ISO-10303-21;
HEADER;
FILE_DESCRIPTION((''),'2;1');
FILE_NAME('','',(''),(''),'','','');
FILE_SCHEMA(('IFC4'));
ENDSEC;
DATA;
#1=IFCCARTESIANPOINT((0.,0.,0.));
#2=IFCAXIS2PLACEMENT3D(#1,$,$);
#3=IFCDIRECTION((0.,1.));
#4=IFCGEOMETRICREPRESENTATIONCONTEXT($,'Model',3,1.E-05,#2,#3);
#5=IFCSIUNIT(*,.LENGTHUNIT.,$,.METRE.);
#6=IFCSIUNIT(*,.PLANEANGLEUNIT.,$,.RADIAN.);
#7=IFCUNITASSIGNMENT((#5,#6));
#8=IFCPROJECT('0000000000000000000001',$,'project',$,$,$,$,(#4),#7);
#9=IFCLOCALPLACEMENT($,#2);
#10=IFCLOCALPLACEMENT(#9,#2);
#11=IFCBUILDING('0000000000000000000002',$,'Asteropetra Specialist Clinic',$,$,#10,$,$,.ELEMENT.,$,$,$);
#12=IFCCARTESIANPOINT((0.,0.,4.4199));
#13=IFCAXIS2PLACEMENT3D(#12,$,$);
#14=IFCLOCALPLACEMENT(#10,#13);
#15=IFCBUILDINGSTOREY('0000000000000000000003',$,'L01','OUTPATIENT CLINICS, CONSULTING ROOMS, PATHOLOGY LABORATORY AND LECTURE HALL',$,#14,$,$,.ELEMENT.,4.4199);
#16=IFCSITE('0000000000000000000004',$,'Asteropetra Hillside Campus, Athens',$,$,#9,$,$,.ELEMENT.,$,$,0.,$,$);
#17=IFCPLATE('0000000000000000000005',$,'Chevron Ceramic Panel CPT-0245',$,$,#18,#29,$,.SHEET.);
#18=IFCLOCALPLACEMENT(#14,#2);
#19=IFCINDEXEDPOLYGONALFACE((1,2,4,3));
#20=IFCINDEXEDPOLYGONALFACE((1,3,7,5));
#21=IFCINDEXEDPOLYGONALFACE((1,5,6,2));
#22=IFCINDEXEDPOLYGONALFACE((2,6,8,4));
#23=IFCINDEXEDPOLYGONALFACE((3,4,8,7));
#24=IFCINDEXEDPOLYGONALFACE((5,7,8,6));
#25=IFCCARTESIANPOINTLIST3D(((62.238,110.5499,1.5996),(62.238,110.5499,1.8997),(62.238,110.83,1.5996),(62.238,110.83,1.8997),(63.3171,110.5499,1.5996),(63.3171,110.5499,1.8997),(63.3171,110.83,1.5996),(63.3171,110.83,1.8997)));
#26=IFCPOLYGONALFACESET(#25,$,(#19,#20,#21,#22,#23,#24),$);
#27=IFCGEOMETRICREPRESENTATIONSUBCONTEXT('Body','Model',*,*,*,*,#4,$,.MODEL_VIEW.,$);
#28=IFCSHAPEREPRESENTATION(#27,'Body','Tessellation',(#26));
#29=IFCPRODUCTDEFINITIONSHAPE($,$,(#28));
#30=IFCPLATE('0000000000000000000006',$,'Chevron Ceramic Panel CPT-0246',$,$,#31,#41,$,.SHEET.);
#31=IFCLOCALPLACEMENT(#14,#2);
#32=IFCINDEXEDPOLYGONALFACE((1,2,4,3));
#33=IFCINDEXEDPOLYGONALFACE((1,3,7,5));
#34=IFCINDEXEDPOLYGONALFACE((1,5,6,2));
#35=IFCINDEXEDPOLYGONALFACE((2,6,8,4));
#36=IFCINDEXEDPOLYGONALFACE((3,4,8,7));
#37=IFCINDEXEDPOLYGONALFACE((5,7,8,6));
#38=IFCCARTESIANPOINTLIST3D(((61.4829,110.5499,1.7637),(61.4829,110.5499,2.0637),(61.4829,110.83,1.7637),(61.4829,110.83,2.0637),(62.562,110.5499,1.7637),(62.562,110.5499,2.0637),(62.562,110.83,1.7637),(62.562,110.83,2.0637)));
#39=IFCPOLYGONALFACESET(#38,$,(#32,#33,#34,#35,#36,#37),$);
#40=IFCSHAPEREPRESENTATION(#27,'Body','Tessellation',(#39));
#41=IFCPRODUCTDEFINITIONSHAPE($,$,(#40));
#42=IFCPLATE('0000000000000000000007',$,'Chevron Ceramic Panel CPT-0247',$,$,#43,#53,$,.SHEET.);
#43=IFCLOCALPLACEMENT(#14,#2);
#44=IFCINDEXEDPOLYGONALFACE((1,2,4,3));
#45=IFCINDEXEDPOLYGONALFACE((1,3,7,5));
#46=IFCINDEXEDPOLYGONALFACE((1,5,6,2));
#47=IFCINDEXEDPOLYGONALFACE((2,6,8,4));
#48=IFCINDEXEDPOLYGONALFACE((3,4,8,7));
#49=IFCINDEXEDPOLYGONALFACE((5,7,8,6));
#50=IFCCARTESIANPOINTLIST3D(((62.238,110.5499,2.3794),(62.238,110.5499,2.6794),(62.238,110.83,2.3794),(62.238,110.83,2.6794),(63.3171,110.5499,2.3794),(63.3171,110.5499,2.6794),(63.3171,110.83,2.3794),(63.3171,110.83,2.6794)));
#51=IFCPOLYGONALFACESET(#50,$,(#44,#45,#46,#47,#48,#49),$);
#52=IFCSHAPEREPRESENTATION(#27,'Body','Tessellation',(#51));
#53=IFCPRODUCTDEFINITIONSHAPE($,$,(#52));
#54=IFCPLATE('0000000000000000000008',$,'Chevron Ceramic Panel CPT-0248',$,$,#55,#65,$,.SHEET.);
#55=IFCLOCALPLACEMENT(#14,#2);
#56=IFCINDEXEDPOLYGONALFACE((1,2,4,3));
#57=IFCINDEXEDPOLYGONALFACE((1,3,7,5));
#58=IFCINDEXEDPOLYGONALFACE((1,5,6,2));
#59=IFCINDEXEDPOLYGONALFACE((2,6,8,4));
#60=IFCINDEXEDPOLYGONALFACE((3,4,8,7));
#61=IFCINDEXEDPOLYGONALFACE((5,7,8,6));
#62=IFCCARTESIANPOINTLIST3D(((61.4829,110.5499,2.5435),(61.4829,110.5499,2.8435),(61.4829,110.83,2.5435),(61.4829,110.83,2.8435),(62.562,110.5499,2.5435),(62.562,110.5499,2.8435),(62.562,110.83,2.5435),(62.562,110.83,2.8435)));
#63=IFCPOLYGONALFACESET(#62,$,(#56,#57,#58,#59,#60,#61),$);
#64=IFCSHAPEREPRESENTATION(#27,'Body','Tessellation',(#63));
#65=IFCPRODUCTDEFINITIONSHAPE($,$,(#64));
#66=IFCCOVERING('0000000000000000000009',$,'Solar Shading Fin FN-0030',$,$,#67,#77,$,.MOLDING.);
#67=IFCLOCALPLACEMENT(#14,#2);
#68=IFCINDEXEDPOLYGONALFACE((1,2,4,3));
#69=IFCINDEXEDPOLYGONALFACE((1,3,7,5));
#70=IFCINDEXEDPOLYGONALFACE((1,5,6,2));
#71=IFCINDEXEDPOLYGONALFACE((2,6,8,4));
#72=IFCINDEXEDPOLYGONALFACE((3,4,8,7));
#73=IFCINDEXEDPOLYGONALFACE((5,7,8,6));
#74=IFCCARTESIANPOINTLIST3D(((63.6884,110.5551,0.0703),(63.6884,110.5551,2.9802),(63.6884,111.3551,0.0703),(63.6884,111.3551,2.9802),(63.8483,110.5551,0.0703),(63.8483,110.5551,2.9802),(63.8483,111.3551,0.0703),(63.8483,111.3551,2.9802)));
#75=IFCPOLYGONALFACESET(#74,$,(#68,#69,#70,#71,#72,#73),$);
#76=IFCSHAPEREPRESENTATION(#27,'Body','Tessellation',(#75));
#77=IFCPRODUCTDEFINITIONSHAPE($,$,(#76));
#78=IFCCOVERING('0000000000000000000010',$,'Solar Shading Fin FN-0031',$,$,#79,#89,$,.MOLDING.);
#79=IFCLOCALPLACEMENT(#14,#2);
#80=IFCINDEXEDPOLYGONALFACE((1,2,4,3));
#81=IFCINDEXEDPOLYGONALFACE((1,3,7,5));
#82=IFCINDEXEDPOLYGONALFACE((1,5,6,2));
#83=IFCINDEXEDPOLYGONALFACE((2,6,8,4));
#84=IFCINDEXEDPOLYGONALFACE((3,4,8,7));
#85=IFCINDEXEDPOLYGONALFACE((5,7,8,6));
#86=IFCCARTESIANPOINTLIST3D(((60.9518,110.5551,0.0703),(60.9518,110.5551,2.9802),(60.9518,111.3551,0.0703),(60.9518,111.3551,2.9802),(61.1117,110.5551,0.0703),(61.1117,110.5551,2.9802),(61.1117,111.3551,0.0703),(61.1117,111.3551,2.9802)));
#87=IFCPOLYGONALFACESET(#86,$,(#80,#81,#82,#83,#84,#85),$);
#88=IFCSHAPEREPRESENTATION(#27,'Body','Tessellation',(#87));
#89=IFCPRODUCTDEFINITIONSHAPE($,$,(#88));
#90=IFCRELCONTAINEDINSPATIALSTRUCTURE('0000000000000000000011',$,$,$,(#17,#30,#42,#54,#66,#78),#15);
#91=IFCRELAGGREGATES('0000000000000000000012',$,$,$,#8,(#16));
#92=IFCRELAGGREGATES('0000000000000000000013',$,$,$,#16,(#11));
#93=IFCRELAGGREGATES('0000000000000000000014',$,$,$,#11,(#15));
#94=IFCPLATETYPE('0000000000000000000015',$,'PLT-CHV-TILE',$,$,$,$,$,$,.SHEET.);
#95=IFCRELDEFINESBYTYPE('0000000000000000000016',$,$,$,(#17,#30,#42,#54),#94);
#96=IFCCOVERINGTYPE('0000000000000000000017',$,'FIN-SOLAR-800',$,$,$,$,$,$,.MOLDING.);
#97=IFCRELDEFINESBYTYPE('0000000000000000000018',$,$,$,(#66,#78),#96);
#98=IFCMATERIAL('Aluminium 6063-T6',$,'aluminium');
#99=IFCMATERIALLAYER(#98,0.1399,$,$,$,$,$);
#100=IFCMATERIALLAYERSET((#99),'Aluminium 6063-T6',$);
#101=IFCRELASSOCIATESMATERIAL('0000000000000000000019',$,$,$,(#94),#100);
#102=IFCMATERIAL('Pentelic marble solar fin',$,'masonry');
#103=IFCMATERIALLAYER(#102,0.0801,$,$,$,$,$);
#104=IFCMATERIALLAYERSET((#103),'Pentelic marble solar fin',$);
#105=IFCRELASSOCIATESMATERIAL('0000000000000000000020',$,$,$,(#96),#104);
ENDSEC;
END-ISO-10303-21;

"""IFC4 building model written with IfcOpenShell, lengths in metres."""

from ifc_helpers import new_model, si_unit, direction, frame, origin, origin_2d, place, context, subcontext, project, spatial, rectangle, extrude, material, layer, layer_set, type_object, element, save


model = new_model("IFC4")

# Units and contexts
model_context = context("Model", 3, precision=1e-05, world=origin(), true_north=direction((0.0, 1.0)))
body_context = subcontext(model_context, "Body", "Model", "MODEL_VIEW")
ifc_project = project(units=[si_unit("LENGTHUNIT", "METRE"), si_unit("PLANEANGLEUNIT", "RADIAN")], contexts=[model_context])

# Site, building, storey
site_placement = place(None, origin())
site = spatial("IfcSite", under=ifc_project, at=site_placement, Name="Asteropetra Hillside Campus, Athens", CompositionType="ELEMENT", RefElevation=0.0)
building_placement = place(site_placement, origin())
building = spatial("IfcBuilding", under=site, at=building_placement, Name="Asteropetra Specialist Clinic", CompositionType="ELEMENT")
storey_placement = place(building_placement, frame((0.0, 0.0, 4.4199)))
storey = spatial("IfcBuildingStorey", under=building, at=storey_placement, Name="L01", Description="OUTPATIENT CLINICS, CONSULTING ROOMS, PATHOLOGY LABORATORY AND LECTURE HALL", CompositionType="ELEMENT", Elevation=4.4199)

# Plates
ifc_material_1 = material(Name="Aluminium 6063-T6", Category="aluminium")
ifc_layer_1 = layer(ifc_material_1, 0.1399)
ifc_layer_set_1 = layer_set([ifc_layer_1], Name="Aluminium 6063-T6")
plate_type_1 = type_object("IfcPlateType", Name="PLT-CHV-TILE", PredefinedType="SHEET", material=ifc_layer_set_1)
for number, where, z_axis, x_axis, name in (
    (1, (62.7776, 110.6899, 1.5996), (0.0, 0.0, 1.0), (1.0, 0.0, 0.0), "Chevron Ceramic Panel CPT-0245"),
    (2, (62.0225, 110.6899, 1.7637), (0.0, 0.0, 1.0), (1.0, 0.0, 0.0), "Chevron Ceramic Panel CPT-0246"),
    (3, (62.7776, 110.6899, 2.3794), (0.0, 0.0, 1.0), (1.0, 0.0, 0.0), "Chevron Ceramic Panel CPT-0247"),
    (4, (62.0225, 110.6899, 2.5435), (0.0, 0.0, 1.0), (1.0, 0.0, 0.0), "Chevron Ceramic Panel CPT-0248"),
):
    element("IfcPlate", number, at=place(storey_placement, frame(where, z_axis=z_axis, x_axis=x_axis)), inside=storey, type_object=plate_type_1, Name=name, PredefinedType="SHEET", context=body_context, shape_type="SweptSolid", body=[
        extrude(rectangle(XDim=1.0791, YDim=0.28, at=origin_2d()), origin(), (0.0, 0.0, 1.0), 0.3),
    ])

# Coverings
ifc_material_2 = material(Name="Pentelic marble solar fin", Category="masonry")
ifc_layer_2 = layer(ifc_material_2, 0.0801)
ifc_layer_set_2 = layer_set([ifc_layer_2], Name="Pentelic marble solar fin")
covering_type = type_object("IfcCoveringType", Name="FIN-SOLAR-800", PredefinedType="MOLDING", material=ifc_layer_set_2)
for number, where, z_axis, x_axis, name in (
    (5, (63.7683, 110.9551, 0.0703), (0.0, 0.0, 1.0), (1.0, 0.0, 0.0), "Solar Shading Fin FN-0030"),
    (6, (61.0317, 110.9551, 0.0703), (0.0, 0.0, 1.0), (1.0, 0.0, 0.0), "Solar Shading Fin FN-0031"),
):
    element("IfcCovering", number, at=place(storey_placement, frame(where, z_axis=z_axis, x_axis=x_axis)), inside=storey, type_object=covering_type, Name=name, PredefinedType="MOLDING", context=body_context, shape_type="SweptSolid", body=[
        extrude(rectangle(XDim=0.1599, YDim=0.8, at=origin_2d()), origin(), (0.0, 0.0, 1.0), 2.9099),
    ])

save(model, "model.ifc")
